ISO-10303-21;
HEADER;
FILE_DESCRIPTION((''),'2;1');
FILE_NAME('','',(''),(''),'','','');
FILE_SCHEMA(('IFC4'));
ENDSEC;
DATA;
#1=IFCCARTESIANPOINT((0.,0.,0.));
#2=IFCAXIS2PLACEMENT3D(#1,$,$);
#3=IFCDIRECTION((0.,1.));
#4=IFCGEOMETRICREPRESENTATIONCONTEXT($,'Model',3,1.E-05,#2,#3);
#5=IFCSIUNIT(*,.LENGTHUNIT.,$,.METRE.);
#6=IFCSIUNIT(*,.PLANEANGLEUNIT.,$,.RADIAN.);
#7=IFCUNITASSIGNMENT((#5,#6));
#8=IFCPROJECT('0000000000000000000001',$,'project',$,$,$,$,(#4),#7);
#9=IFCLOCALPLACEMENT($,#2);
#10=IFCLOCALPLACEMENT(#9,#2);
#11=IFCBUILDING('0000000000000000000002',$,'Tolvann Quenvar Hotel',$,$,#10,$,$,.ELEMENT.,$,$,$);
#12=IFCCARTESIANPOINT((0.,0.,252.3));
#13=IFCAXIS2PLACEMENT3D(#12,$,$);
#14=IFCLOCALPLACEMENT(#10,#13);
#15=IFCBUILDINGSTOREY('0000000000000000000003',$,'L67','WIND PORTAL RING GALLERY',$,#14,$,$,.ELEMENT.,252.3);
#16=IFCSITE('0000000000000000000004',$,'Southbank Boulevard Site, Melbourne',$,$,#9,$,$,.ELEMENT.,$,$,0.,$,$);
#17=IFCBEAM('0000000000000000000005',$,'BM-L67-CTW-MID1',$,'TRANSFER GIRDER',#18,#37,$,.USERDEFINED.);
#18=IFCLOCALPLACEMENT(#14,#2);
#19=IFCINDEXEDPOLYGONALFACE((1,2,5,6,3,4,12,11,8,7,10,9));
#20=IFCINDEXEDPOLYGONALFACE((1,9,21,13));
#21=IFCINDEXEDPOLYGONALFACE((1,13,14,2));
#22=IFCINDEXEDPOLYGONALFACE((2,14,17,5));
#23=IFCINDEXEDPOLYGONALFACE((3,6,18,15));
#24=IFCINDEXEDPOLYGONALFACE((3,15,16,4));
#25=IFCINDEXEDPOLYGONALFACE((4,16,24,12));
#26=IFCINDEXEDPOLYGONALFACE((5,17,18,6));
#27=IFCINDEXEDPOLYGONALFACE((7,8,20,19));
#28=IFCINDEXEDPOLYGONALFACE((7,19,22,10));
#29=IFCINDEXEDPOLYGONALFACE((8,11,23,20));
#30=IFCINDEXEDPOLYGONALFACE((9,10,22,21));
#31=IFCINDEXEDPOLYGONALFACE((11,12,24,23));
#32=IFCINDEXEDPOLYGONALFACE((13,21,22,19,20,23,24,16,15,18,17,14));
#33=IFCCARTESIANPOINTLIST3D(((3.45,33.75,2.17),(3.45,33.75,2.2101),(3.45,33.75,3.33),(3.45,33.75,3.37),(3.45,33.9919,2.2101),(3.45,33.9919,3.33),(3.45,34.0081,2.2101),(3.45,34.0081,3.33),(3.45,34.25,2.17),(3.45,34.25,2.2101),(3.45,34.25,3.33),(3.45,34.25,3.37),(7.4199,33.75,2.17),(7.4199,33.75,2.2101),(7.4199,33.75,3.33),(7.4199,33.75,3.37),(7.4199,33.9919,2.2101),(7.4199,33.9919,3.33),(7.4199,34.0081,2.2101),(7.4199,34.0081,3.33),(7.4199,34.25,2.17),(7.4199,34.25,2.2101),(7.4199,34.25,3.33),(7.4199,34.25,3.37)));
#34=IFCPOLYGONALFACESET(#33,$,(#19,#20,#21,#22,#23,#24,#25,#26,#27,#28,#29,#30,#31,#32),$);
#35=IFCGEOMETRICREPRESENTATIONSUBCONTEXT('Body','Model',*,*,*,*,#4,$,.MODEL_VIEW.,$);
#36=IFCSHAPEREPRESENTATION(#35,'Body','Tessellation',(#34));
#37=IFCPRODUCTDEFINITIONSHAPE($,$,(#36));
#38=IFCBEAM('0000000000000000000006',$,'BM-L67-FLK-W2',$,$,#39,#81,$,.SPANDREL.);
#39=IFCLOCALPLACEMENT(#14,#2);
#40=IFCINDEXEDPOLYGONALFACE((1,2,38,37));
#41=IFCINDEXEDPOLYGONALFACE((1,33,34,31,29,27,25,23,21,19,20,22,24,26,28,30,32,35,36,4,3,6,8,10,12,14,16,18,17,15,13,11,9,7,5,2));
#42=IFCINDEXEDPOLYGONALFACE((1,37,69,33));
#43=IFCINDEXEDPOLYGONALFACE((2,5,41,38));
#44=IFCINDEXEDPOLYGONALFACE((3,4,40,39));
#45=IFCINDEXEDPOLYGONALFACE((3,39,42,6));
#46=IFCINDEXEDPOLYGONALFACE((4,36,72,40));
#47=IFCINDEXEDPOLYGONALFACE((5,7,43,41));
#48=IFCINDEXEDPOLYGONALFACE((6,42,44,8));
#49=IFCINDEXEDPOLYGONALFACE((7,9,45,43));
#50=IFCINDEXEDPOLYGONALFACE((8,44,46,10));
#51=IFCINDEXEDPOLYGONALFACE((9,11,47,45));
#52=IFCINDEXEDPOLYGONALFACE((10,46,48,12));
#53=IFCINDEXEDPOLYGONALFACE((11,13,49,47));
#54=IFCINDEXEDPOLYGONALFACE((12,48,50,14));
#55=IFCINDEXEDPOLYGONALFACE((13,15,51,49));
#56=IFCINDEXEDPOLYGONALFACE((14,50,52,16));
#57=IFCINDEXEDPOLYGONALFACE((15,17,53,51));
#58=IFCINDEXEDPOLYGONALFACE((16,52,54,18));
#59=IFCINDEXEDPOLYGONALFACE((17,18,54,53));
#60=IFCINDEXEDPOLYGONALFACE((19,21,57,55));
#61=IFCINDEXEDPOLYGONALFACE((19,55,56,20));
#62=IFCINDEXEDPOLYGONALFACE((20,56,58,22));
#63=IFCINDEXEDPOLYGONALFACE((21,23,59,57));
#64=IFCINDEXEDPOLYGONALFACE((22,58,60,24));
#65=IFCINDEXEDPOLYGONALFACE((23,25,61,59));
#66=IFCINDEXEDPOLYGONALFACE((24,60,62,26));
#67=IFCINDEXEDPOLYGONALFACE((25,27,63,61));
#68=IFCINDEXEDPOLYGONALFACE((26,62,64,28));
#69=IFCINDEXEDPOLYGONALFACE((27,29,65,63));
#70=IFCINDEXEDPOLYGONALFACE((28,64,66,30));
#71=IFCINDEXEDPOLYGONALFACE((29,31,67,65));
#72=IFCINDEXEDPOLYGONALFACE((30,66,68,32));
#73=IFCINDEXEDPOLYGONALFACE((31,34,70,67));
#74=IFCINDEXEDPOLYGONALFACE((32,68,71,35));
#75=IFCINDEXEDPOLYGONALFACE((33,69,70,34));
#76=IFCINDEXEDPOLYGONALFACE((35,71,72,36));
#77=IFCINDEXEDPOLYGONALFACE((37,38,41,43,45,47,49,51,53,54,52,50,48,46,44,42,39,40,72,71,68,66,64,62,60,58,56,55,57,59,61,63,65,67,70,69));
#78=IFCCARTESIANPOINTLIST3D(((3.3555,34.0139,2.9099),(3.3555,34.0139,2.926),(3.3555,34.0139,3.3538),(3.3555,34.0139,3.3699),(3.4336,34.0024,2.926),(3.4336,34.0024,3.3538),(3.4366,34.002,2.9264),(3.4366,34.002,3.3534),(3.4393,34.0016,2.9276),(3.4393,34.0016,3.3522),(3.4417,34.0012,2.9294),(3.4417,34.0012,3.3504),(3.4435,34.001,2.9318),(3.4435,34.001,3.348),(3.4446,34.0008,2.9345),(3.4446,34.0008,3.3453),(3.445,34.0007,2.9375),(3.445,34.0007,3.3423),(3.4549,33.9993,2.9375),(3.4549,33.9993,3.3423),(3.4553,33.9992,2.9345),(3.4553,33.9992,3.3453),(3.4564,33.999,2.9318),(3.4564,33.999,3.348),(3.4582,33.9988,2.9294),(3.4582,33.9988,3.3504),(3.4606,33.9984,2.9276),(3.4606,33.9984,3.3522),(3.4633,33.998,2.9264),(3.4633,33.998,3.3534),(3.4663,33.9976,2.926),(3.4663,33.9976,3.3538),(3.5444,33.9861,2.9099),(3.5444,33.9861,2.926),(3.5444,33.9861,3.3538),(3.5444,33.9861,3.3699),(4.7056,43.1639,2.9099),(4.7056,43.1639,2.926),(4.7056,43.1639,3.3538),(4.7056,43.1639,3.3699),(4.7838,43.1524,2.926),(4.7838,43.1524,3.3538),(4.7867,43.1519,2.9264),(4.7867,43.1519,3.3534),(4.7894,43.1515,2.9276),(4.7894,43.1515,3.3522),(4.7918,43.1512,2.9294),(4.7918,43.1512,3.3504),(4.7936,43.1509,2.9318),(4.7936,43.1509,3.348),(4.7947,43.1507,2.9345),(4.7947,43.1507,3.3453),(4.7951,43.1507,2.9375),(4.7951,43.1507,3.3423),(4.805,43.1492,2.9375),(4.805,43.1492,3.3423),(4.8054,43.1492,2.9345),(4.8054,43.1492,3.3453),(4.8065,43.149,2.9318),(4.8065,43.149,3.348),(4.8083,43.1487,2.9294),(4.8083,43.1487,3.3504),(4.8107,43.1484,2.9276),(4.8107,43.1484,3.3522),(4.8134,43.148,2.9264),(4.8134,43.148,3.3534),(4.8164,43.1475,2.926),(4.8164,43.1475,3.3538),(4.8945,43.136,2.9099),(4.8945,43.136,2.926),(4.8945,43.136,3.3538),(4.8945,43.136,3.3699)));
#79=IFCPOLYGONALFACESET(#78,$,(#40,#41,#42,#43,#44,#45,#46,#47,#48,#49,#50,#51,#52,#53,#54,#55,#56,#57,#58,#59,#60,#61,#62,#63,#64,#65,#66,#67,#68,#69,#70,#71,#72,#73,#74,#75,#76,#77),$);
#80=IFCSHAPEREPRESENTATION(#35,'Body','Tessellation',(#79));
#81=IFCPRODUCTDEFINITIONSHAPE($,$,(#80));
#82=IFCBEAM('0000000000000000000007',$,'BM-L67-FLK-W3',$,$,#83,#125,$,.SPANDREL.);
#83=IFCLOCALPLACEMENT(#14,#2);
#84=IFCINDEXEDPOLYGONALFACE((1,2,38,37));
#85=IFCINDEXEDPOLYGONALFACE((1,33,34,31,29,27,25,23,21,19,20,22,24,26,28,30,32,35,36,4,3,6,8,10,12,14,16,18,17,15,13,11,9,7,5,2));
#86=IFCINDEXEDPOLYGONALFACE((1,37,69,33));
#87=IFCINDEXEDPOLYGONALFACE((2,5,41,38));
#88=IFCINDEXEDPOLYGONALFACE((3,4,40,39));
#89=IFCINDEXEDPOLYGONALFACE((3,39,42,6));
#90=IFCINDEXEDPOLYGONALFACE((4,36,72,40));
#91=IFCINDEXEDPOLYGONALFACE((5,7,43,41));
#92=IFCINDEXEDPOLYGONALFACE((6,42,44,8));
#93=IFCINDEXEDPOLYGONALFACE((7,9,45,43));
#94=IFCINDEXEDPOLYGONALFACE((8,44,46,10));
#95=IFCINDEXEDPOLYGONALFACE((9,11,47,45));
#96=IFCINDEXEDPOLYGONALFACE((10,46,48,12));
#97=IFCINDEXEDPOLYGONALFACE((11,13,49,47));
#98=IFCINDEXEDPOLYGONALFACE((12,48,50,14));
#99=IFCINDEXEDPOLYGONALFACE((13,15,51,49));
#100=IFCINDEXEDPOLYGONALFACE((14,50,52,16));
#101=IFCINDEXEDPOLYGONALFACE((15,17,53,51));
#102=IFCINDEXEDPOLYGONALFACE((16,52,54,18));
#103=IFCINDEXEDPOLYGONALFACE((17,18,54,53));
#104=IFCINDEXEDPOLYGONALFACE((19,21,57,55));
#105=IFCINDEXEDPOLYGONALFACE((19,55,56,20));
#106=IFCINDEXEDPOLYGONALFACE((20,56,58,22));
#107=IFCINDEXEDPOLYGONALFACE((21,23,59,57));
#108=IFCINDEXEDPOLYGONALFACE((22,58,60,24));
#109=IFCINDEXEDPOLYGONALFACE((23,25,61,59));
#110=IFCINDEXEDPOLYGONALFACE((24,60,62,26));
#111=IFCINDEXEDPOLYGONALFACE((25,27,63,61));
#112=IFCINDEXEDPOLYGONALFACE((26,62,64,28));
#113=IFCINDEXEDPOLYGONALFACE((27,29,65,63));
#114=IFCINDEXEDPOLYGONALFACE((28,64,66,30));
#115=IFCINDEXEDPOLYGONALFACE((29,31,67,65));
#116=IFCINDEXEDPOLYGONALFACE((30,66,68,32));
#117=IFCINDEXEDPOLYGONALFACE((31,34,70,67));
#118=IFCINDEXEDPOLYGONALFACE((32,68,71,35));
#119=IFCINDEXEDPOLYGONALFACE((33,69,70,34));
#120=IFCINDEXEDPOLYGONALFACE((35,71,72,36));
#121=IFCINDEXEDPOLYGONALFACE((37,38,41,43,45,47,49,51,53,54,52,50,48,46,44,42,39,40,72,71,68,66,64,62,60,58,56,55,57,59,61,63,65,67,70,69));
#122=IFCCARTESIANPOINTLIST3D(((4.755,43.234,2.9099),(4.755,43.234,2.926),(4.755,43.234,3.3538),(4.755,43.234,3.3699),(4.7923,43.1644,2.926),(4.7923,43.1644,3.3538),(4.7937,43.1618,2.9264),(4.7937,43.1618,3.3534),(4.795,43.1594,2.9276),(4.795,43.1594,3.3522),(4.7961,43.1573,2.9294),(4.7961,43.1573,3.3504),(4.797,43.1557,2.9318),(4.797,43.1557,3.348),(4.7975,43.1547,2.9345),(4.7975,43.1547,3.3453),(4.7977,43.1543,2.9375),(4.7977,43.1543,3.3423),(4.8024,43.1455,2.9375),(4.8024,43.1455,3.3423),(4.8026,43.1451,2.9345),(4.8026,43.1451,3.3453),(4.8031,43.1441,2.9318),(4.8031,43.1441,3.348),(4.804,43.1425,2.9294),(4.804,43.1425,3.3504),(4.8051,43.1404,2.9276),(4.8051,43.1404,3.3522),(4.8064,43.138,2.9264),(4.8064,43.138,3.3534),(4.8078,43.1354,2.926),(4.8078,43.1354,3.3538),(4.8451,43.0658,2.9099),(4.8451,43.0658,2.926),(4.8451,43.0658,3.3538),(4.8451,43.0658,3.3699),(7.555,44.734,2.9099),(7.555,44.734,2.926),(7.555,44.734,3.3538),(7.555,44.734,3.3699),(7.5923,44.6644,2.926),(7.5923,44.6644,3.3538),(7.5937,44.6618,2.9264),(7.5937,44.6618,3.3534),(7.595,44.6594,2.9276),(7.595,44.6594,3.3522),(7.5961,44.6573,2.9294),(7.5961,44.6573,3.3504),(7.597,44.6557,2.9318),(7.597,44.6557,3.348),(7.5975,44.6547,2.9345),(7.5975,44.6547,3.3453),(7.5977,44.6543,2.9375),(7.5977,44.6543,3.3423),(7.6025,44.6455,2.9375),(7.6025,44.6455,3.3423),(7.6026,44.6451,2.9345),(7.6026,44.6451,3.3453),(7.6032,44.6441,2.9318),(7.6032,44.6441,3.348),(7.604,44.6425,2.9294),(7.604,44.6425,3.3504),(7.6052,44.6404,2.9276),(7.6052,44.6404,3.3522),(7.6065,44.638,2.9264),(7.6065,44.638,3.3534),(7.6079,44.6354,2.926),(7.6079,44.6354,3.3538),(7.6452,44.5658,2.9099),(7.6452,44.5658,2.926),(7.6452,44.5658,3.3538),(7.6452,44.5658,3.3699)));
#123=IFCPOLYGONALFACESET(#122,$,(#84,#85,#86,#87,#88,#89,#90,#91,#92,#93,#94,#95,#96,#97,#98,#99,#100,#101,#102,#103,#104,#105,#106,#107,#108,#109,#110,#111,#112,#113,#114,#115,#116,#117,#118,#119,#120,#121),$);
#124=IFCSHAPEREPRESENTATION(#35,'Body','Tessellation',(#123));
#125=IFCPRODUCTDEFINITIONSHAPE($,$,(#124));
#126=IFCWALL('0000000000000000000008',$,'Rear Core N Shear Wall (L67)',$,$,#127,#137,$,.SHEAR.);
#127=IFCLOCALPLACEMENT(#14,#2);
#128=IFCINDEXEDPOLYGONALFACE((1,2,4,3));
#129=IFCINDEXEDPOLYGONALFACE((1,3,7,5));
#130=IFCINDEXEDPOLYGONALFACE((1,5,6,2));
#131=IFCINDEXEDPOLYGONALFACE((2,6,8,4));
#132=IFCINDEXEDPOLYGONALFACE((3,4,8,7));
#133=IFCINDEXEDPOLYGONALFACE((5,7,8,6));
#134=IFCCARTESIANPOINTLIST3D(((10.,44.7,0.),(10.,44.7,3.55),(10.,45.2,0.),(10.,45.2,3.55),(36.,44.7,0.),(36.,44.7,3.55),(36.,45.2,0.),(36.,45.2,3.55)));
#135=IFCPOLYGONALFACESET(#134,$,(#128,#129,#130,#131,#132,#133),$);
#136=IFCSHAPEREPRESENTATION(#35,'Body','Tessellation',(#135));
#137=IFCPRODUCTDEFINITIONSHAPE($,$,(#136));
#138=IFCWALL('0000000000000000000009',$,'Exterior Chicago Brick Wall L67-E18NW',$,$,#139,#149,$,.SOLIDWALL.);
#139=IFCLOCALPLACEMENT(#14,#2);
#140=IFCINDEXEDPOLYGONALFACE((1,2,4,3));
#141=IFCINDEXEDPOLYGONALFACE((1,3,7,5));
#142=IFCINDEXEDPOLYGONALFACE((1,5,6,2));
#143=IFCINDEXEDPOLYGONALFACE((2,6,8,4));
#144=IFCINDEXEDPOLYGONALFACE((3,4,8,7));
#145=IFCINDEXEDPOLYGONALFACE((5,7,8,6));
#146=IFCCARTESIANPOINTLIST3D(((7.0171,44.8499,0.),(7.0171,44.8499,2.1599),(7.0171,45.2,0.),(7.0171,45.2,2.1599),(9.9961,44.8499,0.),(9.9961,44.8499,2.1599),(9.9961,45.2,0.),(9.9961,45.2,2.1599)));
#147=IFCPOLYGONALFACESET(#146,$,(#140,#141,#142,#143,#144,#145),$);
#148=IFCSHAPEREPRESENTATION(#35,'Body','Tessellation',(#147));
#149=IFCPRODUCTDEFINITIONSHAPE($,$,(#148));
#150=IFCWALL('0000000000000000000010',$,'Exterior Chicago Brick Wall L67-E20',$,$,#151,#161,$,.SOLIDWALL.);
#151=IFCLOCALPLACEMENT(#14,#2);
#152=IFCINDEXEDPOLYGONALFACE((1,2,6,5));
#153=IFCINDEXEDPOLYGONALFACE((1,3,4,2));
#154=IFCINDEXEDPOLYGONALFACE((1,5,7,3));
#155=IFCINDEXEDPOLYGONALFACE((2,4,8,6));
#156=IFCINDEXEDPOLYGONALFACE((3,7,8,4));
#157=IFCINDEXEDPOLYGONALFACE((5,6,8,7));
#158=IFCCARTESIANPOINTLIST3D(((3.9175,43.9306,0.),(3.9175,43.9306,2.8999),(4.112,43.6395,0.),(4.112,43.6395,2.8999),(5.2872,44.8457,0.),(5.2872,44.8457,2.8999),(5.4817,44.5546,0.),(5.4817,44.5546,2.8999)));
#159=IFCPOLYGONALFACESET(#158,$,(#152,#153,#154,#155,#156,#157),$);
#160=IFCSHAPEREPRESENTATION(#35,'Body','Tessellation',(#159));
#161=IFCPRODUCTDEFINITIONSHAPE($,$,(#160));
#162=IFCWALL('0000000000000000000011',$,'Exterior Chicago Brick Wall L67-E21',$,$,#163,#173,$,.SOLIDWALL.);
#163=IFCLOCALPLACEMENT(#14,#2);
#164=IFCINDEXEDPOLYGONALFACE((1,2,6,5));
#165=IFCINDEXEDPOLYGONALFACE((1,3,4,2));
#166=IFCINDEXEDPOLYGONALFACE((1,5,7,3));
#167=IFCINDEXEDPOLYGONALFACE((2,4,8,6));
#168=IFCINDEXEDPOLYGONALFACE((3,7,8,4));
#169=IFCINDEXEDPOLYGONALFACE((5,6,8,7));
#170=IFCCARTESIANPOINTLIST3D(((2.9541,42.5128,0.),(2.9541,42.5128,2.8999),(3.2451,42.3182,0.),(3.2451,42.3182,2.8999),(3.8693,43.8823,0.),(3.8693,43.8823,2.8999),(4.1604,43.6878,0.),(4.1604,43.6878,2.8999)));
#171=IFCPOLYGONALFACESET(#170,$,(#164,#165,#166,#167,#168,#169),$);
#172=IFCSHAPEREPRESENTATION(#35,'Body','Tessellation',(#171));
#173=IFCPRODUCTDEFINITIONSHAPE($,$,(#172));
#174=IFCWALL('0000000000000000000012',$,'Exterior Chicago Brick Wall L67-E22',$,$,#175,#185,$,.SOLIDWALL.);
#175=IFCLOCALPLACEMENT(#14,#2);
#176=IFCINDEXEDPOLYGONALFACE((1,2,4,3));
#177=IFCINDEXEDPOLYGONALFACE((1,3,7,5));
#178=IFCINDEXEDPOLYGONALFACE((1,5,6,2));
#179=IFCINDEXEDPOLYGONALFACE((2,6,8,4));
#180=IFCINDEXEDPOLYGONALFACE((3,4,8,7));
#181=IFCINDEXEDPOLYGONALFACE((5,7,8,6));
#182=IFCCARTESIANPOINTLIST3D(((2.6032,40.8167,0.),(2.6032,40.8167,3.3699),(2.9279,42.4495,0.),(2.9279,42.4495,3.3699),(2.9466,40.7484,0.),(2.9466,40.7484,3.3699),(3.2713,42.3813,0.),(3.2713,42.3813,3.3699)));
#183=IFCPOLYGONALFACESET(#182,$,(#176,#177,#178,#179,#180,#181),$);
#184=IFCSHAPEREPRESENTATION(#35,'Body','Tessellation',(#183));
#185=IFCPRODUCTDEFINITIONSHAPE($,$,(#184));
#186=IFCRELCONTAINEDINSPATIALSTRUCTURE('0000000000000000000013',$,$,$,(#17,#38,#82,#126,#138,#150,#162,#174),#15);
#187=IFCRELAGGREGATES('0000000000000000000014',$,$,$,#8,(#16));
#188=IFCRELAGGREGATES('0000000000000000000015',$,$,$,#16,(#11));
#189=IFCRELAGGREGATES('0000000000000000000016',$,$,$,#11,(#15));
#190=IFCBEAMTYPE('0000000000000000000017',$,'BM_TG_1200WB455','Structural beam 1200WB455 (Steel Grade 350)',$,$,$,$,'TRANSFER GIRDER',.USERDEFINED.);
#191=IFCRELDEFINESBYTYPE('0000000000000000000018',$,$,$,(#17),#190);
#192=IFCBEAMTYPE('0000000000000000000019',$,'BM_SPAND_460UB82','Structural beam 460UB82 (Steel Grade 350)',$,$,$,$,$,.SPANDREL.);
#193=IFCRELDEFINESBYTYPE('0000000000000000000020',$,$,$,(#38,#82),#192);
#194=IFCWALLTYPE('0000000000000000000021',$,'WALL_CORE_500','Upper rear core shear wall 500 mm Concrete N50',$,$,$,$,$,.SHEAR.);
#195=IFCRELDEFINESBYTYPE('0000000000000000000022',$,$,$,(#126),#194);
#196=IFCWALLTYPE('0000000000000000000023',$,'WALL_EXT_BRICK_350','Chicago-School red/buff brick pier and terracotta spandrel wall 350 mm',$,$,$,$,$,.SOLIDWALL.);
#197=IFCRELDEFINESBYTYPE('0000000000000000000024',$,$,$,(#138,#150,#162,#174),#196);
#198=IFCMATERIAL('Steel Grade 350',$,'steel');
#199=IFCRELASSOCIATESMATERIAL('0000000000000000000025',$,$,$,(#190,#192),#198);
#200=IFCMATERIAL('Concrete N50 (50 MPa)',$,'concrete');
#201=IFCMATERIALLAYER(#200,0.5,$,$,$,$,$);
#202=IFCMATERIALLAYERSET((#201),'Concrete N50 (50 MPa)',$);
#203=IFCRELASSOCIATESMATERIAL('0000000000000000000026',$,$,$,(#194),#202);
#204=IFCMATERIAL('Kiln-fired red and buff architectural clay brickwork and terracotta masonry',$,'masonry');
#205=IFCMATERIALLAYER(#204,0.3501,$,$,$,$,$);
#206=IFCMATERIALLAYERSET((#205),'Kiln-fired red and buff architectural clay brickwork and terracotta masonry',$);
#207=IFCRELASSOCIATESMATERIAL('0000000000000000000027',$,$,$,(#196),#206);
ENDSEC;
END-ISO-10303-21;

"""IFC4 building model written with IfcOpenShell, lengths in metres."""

from ifc_helpers import new_model, si_unit, direction, frame, frame_2d, origin, origin_2d, place, context, subcontext, project, spatial, rectangle, i_section, extrude, source, transform, mapped, material, layer, layer_set, material_profile, profile_set, type_object, type_shapes, element, save


model = new_model("IFC4")

# Units and contexts
model_context = context("Model", 3, precision=1e-05, world=origin(), true_north=direction((0.0, 1.0)))
body_context = subcontext(model_context, "Body", "Model", "MODEL_VIEW")
ifc_project = project(units=[si_unit("LENGTHUNIT", "METRE"), si_unit("PLANEANGLEUNIT", "RADIAN")], contexts=[model_context])

# Site, building, storey
site_placement = place(None, origin())
site = spatial("IfcSite", under=ifc_project, at=site_placement, Name="Southbank Boulevard Site, Melbourne", CompositionType="ELEMENT", RefElevation=0.0)
building_placement = place(site_placement, origin())
building = spatial("IfcBuilding", under=site, at=building_placement, Name="Tolvann Quenvar Hotel", CompositionType="ELEMENT")
storey_placement = place(building_placement, frame((0.0, 0.0, 252.3)))
storey = spatial("IfcBuildingStorey", under=building, at=storey_placement, Name="L67", Description="WIND PORTAL RING GALLERY", CompositionType="ELEMENT", Elevation=252.3)

# Shared definitions
ifc_material_1 = material(Name="Steel Grade 350", Category="steel")

# Beams
ifc_material_profile_1 = material_profile(ifc_material_1, i_section(OverallWidth=0.5, OverallDepth=1.2, WebThickness=0.0161, FlangeThickness=0.04, at=origin_2d()), Name="1200WB455")
ifc_profile_set_1 = profile_set([ifc_material_profile_1], Name="Steel Grade 350")
beam_type_1 = type_object("IfcBeamType", Name="BM_TG_1200WB455", Description="Structural beam 1200WB455 (Steel Grade 350)", ElementType="TRANSFER GIRDER", PredefinedType="USERDEFINED", material=ifc_profile_set_1)
shared_shape_1 = source(origin(), body_context, "Body", "SweptSolid", [
    extrude(i_section(OverallWidth=0.5, OverallDepth=1.2, WebThickness=0.0161, FlangeThickness=0.04, at=origin_2d()), origin(), (0.0, 0.0, 1.0), 3.97),
])
beam_1_placement = place(storey_placement, frame((3.45, 34.0, 2.77), z_axis=(1.0, 0.0, 0.0), x_axis=(0.0, 1.0, 0.0)))
element("IfcBeam", 1, at=beam_1_placement, inside=storey, type_object=beam_type_1, Name="BM-L67-CTW-MID1", ObjectType="TRANSFER GIRDER", PredefinedType="USERDEFINED", context=body_context, shape_type="MappedRepresentation", body=[
    mapped(shared_shape_1, transform((0.0, 0.0, 0.0), x_axis=(1.0, 0.0, 0.0), y_axis=(0.0, 1.0, 0.0), z_axis=(0.0, 0.0, 1.0), scale=1.0)),
])
ifc_material_profile_2 = material_profile(ifc_material_1, i_section(OverallWidth=0.1909, OverallDepth=0.46, WebThickness=0.01, FlangeThickness=0.0161, FilletRadius=0.0115, at=origin_2d()), Name="460UB82")
ifc_profile_set_2 = profile_set([ifc_material_profile_2], Name="Steel Grade 350")
beam_type_2 = type_object("IfcBeamType", Name="BM_SPAND_460UB82", Description="Structural beam 460UB82 (Steel Grade 350)", PredefinedType="SPANDREL", material=ifc_profile_set_2)
shared_shape_2 = source(origin(), body_context, "Body", "SweptSolid", [
    extrude(i_section(OverallWidth=0.1909, OverallDepth=0.46, WebThickness=0.01, FlangeThickness=0.0161, FilletRadius=0.0115, at=origin_2d()), origin(), (0.0, 0.0, 1.0), 9.249),
])
beam_2_placement = place(storey_placement, frame((3.45, 34.0, 3.1399), z_axis=(0.145973, 0.989289, 0.0), x_axis=(-0.989289, 0.145973, 0.0)))
element("IfcBeam", 2, at=beam_2_placement, inside=storey, type_object=beam_type_2, Name="BM-L67-FLK-W2", PredefinedType="SPANDREL", context=body_context, shape_type="MappedRepresentation", body=[
    mapped(shared_shape_2, transform((0.0, 0.0, 0.0), x_axis=(1.0, 0.0, 0.0), y_axis=(0.0, 1.0, 0.0), z_axis=(0.0, 0.0, 1.0), scale=1.0)),
])
shared_shape_3 = source(origin(), body_context, "Body", "SweptSolid", [
    extrude(i_section(OverallWidth=0.1909, OverallDepth=0.46, WebThickness=0.01, FlangeThickness=0.0161, FilletRadius=0.0115, at=origin_2d()), origin(), (0.0, 0.0, 1.0), 3.1765),
])
type_shapes(beam_type_2, [shared_shape_2, shared_shape_3])
beam_3_placement = place(storey_placement, frame((4.8, 43.1499, 3.1399), z_axis=(0.881483, 0.472215, 0.0), x_axis=(-0.472215, 0.881483, 0.0)))
element("IfcBeam", 3, at=beam_3_placement, inside=storey, type_object=beam_type_2, Name="BM-L67-FLK-W3", PredefinedType="SPANDREL", context=body_context, shape_type="MappedRepresentation", body=[
    mapped(shared_shape_3, transform((0.0, 0.0, 0.0), x_axis=(1.0, 0.0, 0.0), y_axis=(0.0, 1.0, 0.0), z_axis=(0.0, 0.0, 1.0), scale=1.0)),
])

# Walls
ifc_material_2 = material(Name="Concrete N50 (50 MPa)", Category="concrete")
ifc_layer_1 = layer(ifc_material_2, 0.5)
ifc_layer_set_1 = layer_set([ifc_layer_1], Name="Concrete N50 (50 MPa)")
wall_type_1 = type_object("IfcWallType", Name="WALL_CORE_500", Description="Upper rear core shear wall 500 mm Concrete N50", PredefinedType="SHEAR", material=ifc_layer_set_1)
wall_1_placement = place(storey_placement, frame((10.0, 44.95, 0.0), z_axis=(0.0, 0.0, 1.0), x_axis=(1.0, 0.0, 0.0)))
element("IfcWall", 4, at=wall_1_placement, inside=storey, type_object=wall_type_1, Name="Rear Core N Shear Wall (L67)", PredefinedType="SHEAR", context=body_context, shape_type="SweptSolid", body=[
    extrude(rectangle(XDim=26.0, YDim=0.5, at=frame_2d((13.0, 0.0))), origin(), (0.0, 0.0, 1.0), 3.55),
])
ifc_material_3 = material(Name="Kiln-fired red and buff architectural clay brickwork and terracotta masonry", Category="masonry")
ifc_layer_2 = layer(ifc_material_3, 0.3501)
ifc_layer_set_2 = layer_set([ifc_layer_2], Name="Kiln-fired red and buff architectural clay brickwork and terracotta masonry")
wall_type_2 = type_object("IfcWallType", Name="WALL_EXT_BRICK_350", Description="Chicago-School red/buff brick pier and terracotta spandrel wall 350 mm", PredefinedType="SOLIDWALL", material=ifc_layer_set_2)
wall_2_placement = place(storey_placement, frame((9.9961, 45.0249, 0.0), z_axis=(0.0, 0.0, 1.0), x_axis=(-1.0, 0.0, 0.0)))
element("IfcWall", 5, at=wall_2_placement, inside=storey, type_object=wall_type_2, Name="Exterior Chicago Brick Wall L67-E18NW", PredefinedType="SOLIDWALL", context=body_context, shape_type="SweptSolid", body=[
    extrude(rectangle(XDim=2.979, YDim=0.3501, at=frame_2d((1.4895, 0.0))), origin(), (0.0, 0.0, 1.0), 2.1599),
])
for number, where, z_axis, x_axis, name in (
    (6, (5.3845, 44.7002, 0.0), (0.0, 0.0, 1.0), (-0.831503, -0.555521, 0.0), "Exterior Chicago Brick Wall L67-E20"),
    (7, (4.0149, 43.7852, 0.0), (0.0, 0.0, 1.0), (-0.555623, -0.831434, 0.0), "Exterior Chicago Brick Wall L67-E21"),
):
    element("IfcWall", number, at=place(storey_placement, frame(where, z_axis=z_axis, x_axis=x_axis)), inside=storey, type_object=wall_type_2, Name=name, PredefinedType="SOLIDWALL", context=body_context, shape_type="SweptSolid", body=[
        extrude(rectangle(XDim=1.6472, YDim=0.3501, at=frame_2d((0.8237, 0.0))), origin(), (0.0, 0.0, 1.0), 2.8999),
    ])
wall_3_placement = place(storey_placement, frame((3.0996, 42.4155, 0.0), z_axis=(0.0, 0.0, 1.0), x_axis=(-0.195044, -0.980794, 0.0)))
element("IfcWall", 8, at=wall_3_placement, inside=storey, type_object=wall_type_2, Name="Exterior Chicago Brick Wall L67-E22", PredefinedType="SOLIDWALL", context=body_context, shape_type="SweptSolid", body=[
    extrude(rectangle(XDim=1.6648, YDim=0.3501, at=frame_2d((0.8325, 0.0))), origin(), (0.0, 0.0, 1.0), 3.3699),
])

save(model, "model.ifc")
